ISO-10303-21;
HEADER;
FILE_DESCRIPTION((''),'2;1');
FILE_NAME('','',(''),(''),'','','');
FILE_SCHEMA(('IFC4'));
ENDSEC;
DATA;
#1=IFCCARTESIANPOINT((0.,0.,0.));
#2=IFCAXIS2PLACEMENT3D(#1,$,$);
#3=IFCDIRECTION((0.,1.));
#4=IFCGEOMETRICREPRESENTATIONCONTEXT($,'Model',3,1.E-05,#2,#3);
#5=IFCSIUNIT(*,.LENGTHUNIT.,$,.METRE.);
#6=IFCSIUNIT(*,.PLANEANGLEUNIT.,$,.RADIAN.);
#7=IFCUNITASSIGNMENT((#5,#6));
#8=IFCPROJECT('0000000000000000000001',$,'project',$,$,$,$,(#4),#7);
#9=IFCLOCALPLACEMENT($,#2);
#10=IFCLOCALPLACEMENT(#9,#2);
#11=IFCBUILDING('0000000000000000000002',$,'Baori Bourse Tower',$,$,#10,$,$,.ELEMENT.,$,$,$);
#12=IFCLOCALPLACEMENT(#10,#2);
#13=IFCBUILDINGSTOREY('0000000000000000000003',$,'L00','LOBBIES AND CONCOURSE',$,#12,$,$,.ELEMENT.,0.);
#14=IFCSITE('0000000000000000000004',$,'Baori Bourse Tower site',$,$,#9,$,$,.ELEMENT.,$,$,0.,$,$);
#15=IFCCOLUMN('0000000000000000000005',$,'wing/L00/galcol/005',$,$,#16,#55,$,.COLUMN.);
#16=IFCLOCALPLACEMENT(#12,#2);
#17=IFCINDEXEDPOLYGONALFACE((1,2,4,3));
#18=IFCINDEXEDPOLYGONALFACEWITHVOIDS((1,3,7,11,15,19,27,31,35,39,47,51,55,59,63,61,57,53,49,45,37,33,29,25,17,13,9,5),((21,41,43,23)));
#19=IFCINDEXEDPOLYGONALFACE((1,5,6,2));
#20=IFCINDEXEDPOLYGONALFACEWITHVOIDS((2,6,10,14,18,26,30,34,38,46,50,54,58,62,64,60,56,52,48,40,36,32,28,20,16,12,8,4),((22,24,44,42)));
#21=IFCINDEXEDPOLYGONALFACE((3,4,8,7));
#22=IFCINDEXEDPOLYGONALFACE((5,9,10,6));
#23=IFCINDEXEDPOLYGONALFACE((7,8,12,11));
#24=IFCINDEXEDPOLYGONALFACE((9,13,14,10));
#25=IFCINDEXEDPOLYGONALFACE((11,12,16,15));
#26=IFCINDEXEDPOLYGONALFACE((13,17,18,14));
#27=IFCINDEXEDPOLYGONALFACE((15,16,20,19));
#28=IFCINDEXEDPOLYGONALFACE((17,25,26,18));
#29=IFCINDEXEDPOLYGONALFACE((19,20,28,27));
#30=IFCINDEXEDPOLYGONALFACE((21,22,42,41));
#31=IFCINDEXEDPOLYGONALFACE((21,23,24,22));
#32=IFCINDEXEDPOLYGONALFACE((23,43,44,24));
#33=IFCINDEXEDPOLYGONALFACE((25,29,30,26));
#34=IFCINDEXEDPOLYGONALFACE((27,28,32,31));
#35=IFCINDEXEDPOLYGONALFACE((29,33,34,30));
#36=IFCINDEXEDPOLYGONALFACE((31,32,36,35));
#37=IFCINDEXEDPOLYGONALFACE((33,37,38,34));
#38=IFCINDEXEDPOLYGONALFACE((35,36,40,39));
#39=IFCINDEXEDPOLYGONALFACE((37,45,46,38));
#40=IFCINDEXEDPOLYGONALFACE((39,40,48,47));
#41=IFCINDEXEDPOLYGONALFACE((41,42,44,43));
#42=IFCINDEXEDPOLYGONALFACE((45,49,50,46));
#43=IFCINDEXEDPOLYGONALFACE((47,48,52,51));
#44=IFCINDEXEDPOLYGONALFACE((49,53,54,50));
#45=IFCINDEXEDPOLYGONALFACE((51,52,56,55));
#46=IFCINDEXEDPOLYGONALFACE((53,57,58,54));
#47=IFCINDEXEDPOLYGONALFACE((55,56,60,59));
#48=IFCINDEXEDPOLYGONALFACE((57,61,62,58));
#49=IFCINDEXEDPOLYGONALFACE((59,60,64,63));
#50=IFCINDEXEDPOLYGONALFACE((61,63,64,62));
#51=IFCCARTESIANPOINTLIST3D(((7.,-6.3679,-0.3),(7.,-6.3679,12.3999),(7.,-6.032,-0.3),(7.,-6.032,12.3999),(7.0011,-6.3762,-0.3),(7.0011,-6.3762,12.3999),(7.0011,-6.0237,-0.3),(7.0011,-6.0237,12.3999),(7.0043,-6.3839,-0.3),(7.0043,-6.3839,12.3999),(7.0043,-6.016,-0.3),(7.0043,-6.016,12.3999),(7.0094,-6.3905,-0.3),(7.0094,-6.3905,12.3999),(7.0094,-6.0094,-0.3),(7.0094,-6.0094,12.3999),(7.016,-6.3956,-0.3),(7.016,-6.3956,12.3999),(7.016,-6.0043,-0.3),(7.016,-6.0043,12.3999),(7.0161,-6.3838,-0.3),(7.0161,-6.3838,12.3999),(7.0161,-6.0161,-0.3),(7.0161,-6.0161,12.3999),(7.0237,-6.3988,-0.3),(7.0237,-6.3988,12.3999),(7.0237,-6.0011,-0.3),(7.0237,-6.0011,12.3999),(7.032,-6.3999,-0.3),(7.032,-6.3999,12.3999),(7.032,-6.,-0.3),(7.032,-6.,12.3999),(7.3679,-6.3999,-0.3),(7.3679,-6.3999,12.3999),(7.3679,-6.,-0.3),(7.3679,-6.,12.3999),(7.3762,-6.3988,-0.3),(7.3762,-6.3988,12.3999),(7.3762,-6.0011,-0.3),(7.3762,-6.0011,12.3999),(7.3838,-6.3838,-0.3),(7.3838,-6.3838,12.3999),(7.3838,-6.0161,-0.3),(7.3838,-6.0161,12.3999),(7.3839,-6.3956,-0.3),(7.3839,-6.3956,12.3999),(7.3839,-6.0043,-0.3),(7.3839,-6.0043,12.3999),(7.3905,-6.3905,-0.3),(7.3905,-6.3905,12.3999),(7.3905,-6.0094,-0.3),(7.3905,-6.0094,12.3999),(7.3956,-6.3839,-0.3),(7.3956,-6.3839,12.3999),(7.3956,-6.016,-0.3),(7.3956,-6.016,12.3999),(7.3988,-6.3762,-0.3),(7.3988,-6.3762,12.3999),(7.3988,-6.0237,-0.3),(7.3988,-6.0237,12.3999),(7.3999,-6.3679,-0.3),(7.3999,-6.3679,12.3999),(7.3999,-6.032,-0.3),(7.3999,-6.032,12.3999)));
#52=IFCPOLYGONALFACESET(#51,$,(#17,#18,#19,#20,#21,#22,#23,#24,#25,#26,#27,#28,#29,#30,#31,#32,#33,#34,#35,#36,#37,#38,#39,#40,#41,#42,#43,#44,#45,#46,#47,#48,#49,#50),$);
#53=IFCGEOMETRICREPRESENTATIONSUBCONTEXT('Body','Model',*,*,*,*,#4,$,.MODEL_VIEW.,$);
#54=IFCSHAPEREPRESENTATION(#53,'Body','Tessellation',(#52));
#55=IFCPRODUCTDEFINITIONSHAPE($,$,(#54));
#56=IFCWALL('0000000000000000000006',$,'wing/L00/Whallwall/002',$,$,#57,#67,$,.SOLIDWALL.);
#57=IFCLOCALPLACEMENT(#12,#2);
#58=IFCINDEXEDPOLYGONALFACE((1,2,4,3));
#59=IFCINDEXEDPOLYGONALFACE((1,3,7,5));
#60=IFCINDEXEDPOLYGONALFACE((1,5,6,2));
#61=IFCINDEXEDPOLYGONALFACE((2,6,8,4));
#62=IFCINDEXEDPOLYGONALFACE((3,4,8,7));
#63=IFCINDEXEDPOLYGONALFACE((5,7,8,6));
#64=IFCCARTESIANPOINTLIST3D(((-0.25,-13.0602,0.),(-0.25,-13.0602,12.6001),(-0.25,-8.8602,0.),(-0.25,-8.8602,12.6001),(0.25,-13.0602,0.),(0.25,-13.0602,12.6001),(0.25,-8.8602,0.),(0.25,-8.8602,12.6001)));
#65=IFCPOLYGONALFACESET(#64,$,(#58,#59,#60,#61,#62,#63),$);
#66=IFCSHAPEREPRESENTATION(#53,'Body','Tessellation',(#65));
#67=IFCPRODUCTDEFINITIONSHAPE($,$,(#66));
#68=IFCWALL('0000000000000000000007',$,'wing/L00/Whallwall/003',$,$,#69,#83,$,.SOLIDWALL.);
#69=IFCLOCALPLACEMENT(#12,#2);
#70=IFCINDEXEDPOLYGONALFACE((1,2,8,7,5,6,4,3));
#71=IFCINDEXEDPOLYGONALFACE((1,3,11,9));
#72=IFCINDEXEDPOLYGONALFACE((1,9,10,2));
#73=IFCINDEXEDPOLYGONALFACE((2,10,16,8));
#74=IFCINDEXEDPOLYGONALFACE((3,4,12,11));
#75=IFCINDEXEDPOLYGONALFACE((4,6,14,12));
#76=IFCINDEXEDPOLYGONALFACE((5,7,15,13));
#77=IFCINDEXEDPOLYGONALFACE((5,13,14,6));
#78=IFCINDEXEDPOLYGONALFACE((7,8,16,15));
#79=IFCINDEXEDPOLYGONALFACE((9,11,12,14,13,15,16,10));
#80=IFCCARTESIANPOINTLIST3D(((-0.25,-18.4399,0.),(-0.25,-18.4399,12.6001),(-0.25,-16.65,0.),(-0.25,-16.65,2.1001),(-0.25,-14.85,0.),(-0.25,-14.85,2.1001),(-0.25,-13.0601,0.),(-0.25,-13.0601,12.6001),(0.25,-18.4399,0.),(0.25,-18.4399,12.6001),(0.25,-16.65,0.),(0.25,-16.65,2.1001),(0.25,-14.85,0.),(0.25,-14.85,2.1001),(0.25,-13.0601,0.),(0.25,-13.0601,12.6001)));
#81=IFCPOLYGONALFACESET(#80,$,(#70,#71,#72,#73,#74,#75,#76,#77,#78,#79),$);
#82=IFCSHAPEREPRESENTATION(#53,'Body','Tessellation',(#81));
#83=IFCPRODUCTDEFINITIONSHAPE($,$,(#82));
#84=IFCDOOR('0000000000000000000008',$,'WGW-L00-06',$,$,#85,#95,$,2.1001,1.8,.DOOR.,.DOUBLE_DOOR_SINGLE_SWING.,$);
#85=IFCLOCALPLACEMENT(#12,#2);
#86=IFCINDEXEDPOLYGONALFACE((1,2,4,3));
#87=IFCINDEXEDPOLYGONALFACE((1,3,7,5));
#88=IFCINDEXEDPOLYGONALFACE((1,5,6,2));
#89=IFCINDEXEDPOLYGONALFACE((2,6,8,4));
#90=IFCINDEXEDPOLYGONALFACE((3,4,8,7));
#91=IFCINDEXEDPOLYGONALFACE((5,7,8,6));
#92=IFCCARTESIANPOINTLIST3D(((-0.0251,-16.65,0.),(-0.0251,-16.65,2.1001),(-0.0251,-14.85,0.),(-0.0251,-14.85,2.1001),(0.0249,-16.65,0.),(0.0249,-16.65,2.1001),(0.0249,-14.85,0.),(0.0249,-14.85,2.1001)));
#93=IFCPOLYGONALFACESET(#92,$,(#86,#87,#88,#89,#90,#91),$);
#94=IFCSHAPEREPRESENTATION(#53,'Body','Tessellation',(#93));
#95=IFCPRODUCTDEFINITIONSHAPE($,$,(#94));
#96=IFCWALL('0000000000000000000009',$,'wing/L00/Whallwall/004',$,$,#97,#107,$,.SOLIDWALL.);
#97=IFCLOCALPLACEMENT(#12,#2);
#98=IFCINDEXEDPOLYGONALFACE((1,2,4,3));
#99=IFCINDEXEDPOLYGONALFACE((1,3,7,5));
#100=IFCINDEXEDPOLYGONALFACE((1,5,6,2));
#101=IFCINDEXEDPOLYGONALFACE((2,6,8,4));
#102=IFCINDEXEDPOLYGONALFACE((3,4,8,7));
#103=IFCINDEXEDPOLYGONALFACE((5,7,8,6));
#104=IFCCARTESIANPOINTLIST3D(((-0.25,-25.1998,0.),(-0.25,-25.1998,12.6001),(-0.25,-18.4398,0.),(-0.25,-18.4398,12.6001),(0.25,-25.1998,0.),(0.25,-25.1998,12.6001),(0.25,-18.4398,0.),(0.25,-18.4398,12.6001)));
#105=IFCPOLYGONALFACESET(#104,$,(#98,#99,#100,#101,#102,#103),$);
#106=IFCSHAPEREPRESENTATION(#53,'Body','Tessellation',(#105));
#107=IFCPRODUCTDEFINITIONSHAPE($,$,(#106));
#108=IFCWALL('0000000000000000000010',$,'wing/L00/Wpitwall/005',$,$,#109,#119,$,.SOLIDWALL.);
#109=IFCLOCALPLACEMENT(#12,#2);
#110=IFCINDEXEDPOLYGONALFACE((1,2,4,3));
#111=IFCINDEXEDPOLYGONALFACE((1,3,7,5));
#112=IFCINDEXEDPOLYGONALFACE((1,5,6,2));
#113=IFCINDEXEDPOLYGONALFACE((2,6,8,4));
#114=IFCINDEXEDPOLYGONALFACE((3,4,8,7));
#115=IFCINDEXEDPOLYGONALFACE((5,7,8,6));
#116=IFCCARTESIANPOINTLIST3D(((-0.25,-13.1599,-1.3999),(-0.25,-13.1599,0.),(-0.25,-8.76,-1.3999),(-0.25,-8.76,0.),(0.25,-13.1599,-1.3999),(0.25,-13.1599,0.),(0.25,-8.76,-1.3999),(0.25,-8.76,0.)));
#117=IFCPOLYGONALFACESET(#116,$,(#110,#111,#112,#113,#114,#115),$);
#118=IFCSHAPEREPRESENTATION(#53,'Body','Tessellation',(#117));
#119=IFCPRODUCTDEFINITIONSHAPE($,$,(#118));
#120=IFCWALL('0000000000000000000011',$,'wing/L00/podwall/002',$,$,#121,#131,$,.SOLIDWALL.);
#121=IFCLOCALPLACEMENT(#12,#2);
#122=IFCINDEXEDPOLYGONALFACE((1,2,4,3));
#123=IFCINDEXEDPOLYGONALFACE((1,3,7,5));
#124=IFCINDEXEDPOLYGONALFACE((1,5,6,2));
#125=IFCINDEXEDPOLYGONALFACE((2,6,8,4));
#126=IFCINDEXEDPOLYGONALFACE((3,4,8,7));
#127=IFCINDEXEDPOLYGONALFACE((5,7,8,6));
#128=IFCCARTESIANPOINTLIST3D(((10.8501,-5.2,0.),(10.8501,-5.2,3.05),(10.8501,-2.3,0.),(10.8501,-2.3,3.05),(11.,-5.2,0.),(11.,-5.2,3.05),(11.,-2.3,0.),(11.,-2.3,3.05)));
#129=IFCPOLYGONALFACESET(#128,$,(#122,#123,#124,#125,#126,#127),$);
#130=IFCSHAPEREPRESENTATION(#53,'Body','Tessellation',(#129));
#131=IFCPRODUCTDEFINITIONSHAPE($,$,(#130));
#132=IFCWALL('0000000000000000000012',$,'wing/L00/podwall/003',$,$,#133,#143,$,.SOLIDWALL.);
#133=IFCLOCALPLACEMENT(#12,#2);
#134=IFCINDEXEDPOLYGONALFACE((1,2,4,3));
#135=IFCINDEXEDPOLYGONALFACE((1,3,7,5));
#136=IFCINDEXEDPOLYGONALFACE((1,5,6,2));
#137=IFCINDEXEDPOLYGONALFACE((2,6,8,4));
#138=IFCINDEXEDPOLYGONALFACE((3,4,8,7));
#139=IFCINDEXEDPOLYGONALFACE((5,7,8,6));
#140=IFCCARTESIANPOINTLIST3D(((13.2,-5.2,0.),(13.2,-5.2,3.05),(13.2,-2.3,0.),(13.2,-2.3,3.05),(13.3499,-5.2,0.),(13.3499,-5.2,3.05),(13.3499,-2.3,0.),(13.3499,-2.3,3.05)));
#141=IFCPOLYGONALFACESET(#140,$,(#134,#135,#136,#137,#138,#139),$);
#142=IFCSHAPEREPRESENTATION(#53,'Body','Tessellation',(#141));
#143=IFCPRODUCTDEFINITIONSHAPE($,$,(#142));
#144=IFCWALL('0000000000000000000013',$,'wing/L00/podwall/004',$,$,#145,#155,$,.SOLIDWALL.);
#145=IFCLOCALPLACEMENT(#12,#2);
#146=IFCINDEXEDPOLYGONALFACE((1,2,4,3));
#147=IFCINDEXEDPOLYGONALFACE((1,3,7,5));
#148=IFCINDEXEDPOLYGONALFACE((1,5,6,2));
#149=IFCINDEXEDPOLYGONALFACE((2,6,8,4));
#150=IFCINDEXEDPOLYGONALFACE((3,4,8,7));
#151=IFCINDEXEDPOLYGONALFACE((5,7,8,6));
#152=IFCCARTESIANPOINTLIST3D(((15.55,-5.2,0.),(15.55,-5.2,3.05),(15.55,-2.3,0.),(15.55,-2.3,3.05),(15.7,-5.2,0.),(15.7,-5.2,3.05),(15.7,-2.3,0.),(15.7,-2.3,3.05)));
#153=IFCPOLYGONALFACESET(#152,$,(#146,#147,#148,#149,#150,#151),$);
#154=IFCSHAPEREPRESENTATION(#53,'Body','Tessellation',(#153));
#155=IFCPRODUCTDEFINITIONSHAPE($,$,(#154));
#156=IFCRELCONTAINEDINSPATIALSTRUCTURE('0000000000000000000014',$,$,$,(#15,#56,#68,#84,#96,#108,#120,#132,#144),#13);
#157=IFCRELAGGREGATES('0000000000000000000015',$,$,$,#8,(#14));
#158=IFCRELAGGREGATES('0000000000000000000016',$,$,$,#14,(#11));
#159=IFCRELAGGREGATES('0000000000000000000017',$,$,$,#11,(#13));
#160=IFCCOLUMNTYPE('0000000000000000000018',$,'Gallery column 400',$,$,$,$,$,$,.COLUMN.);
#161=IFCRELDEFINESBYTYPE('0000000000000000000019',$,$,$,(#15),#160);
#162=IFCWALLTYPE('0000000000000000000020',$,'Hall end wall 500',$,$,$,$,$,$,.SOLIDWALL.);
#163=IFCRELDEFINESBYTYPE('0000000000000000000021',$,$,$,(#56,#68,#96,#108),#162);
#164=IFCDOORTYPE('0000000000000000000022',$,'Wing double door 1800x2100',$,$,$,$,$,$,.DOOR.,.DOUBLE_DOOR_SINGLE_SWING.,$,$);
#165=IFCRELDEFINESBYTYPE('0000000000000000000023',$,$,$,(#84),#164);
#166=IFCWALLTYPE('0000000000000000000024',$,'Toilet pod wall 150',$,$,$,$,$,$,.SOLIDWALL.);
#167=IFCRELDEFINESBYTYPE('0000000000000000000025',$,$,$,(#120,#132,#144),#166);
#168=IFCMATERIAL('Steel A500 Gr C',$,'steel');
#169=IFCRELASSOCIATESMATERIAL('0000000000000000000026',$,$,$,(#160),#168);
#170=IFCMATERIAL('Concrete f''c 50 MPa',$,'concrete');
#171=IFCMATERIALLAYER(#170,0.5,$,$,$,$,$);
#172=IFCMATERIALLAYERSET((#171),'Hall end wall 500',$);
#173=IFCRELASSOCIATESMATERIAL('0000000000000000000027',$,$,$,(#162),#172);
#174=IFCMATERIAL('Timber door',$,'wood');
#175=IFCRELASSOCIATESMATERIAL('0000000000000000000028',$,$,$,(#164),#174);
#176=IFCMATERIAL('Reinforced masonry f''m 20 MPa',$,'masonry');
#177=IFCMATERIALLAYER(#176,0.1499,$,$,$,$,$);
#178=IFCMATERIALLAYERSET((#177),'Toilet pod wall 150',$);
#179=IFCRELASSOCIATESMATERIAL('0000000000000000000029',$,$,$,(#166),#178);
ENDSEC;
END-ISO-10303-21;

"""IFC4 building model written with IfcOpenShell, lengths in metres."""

from ifc_helpers import new_model, si_unit, direction, frame, frame_2d, origin, origin_2d, place, context, subcontext, project, spatial, rectangle, hollow_rectangle, extrude, material, layer, layer_set, material_profile, profile_set, type_object, element, fill, save


model = new_model("IFC4")

# Units and contexts
model_context = context("Model", 3, precision=1e-05, world=origin(), true_north=direction((0.0, 1.0)))
body_context = subcontext(model_context, "Body", "Model", "MODEL_VIEW")
ifc_project = project(units=[si_unit("LENGTHUNIT", "METRE"), si_unit("PLANEANGLEUNIT", "RADIAN")], contexts=[model_context])

# Site, building, storey
site_placement = place(None, origin())
site = spatial("IfcSite", under=ifc_project, at=site_placement, Name="Baori Bourse Tower site", CompositionType="ELEMENT", RefElevation=0.0)
building_placement = place(site_placement, origin())
building = spatial("IfcBuilding", under=site, at=building_placement, Name="Baori Bourse Tower", CompositionType="ELEMENT")
storey_placement = place(building_placement, origin())
storey = spatial("IfcBuildingStorey", under=building, at=storey_placement, Name="L00", Description="LOBBIES AND CONCOURSE", CompositionType="ELEMENT", Elevation=0.0)

# Column
ifc_material_1 = material(Name="Steel A500 Gr C", Category="steel")
ifc_material_profile_1 = material_profile(ifc_material_1, hollow_rectangle(XDim=0.3999, YDim=0.3999, WallThickness=0.0161, OuterFilletRadius=0.032, at=origin_2d()), Name="HSS400x400x16")
ifc_profile_set_1 = profile_set([ifc_material_profile_1], Name="Steel A500 Gr C")
column_type = type_object("IfcColumnType", Name="Gallery column 400", PredefinedType="COLUMN", material=ifc_profile_set_1)
for number, where, z_axis, x_axis, name in (
    (1, (7.2, -6.2, -0.3), (0.0, 0.0, 1.0), (1.0, 0.0, 0.0), "wing/L00/galcol/005"),
):
    element("IfcColumn", number, at=place(storey_placement, frame(where, z_axis=z_axis, x_axis=x_axis)), inside=storey, type_object=column_type, Name=name, PredefinedType="COLUMN", context=body_context, shape_type="SweptSolid", body=[
        extrude(hollow_rectangle(XDim=0.3999, YDim=0.3999, WallThickness=0.0161, OuterFilletRadius=0.032, at=origin_2d()), origin(), (0.0, 0.0, 1.0), 12.7),
    ])

# Wall
ifc_material_2 = material(Name="Concrete f'c 50 MPa", Category="concrete")
ifc_layer_1 = layer(ifc_material_2, 0.5)
ifc_layer_set_1 = layer_set([ifc_layer_1], Name="Hall end wall 500")
wall_type_1 = type_object("IfcWallType", Name="Hall end wall 500", PredefinedType="SOLIDWALL", material=ifc_layer_set_1)
wall_1_placement = place(storey_placement, frame((0.0, -8.8601, 0.0), z_axis=(0.0, 0.0, 1.0), x_axis=(0.0, -1.0, 0.0)))
element("IfcWall", 2, at=wall_1_placement, inside=storey, type_object=wall_type_1, Name="wing/L00/Whallwall/002", PredefinedType="SOLIDWALL", context=body_context, shape_type="SweptSolid", body=[
    extrude(rectangle(XDim=4.2, YDim=0.5, at=frame_2d((2.1001, 0.0))), origin(), (0.0, 0.0, 1.0), 12.6001),
])

# Wall, opening, door
wall_2_placement = place(storey_placement, frame((0.0, -13.0601, 0.0), z_axis=(0.0, 0.0, 1.0), x_axis=(0.0, -1.0, 0.0)))
wall_2 = element("IfcWall", 3, at=wall_2_placement, inside=storey, type_object=wall_type_1, Name="wing/L00/Whallwall/003", PredefinedType="SOLIDWALL", context=body_context, shape_type="SweptSolid", body=[
    extrude(rectangle(XDim=5.3799, YDim=0.5, at=frame_2d((2.6899, 0.0))), origin(), (0.0, 0.0, 1.0), 12.6001),
])
opening_placement = place(wall_2_placement, frame((1.79, 0.0, 0.0)))
opening = element("IfcOpeningElement", 4, at=opening_placement, cuts=wall_2, PredefinedType="OPENING", context=body_context, shape_type="SweptSolid", body=[
    extrude(rectangle(XDim=1.8, YDim=2.1001, at=frame_2d((0.8999, 1.05))), frame((0.0, 0.26, 0.0), z_axis=(0.0, -1.0, 0.0), x_axis=(1.0, 0.0, 0.0)), (0.0, 0.0, 1.0), 0.52),
])
ifc_material_3 = material(Name="Timber door", Category="wood")
door_type = type_object("IfcDoorType", Name="Wing double door 1800x2100", OperationType="DOUBLE_DOOR_SINGLE_SWING", PredefinedType="DOOR", material=ifc_material_3)
door_placement = place(opening_placement, origin())
door = element("IfcDoor", 5, at=door_placement, inside=storey, type_object=door_type, Name="WGW-L00-06", OperationType="DOUBLE_DOOR_SINGLE_SWING", OverallHeight=2.1001, OverallWidth=1.8, PredefinedType="DOOR", context=body_context, shape_type="SweptSolid", body=[
    extrude(rectangle(XDim=1.8, YDim=2.1001, at=frame_2d((0.8999, 1.05))), frame((0.0, 0.0249, 0.0), z_axis=(0.0, -1.0, 0.0), x_axis=(1.0, 0.0, 0.0)), (0.0, 0.0, 1.0), 0.05),
])
fill(opening, door)

# Walls
wall_3_placement = place(storey_placement, frame((0.0, -18.4399, 0.0), z_axis=(0.0, 0.0, 1.0), x_axis=(0.0, -1.0, 0.0)))
element("IfcWall", 6, at=wall_3_placement, inside=storey, type_object=wall_type_1, Name="wing/L00/Whallwall/004", PredefinedType="SOLIDWALL", context=body_context, shape_type="SweptSolid", body=[
    extrude(rectangle(XDim=6.76, YDim=0.5, at=frame_2d((3.3799, 0.0))), origin(), (0.0, 0.0, 1.0), 12.6001),
])
wall_4_placement = place(storey_placement, frame((0.0, -8.76, -1.3999), z_axis=(0.0, 0.0, 1.0), x_axis=(0.0, -1.0, 0.0)))
element("IfcWall", 7, at=wall_4_placement, inside=storey, type_object=wall_type_1, Name="wing/L00/Wpitwall/005", PredefinedType="SOLIDWALL", context=body_context, shape_type="SweptSolid", body=[
    extrude(rectangle(XDim=4.3999, YDim=0.5, at=frame_2d((2.2, 0.0))), origin(), (0.0, 0.0, 1.0), 1.3999),
])
ifc_material_4 = material(Name="Reinforced masonry f'm 20 MPa", Category="masonry")
ifc_layer_2 = layer(ifc_material_4, 0.1499)
ifc_layer_set_2 = layer_set([ifc_layer_2], Name="Toilet pod wall 150")
wall_type_2 = type_object("IfcWallType", Name="Toilet pod wall 150", PredefinedType="SOLIDWALL", material=ifc_layer_set_2)
for number, where, z_axis, x_axis, name in (
    (8, (10.925, -5.2, 0.0), (0.0, 0.0, 1.0), (0.0, 1.0, 0.0), "wing/L00/podwall/002"),
    (9, (13.2749, -5.2, 0.0), (0.0, 0.0, 1.0), (0.0, 1.0, 0.0), "wing/L00/podwall/003"),
    (10, (15.625, -5.2, 0.0), (0.0, 0.0, 1.0), (0.0, 1.0, 0.0), "wing/L00/podwall/004"),
):
    element("IfcWall", number, at=place(storey_placement, frame(where, z_axis=z_axis, x_axis=x_axis)), inside=storey, type_object=wall_type_2, Name=name, PredefinedType="SOLIDWALL", context=body_context, shape_type="SweptSolid", body=[
        extrude(rectangle(XDim=2.8999, YDim=0.1499, at=frame_2d((1.45, 0.0))), origin(), (0.0, 0.0, 1.0), 3.05),
    ])

save(model, "model.ifc")
